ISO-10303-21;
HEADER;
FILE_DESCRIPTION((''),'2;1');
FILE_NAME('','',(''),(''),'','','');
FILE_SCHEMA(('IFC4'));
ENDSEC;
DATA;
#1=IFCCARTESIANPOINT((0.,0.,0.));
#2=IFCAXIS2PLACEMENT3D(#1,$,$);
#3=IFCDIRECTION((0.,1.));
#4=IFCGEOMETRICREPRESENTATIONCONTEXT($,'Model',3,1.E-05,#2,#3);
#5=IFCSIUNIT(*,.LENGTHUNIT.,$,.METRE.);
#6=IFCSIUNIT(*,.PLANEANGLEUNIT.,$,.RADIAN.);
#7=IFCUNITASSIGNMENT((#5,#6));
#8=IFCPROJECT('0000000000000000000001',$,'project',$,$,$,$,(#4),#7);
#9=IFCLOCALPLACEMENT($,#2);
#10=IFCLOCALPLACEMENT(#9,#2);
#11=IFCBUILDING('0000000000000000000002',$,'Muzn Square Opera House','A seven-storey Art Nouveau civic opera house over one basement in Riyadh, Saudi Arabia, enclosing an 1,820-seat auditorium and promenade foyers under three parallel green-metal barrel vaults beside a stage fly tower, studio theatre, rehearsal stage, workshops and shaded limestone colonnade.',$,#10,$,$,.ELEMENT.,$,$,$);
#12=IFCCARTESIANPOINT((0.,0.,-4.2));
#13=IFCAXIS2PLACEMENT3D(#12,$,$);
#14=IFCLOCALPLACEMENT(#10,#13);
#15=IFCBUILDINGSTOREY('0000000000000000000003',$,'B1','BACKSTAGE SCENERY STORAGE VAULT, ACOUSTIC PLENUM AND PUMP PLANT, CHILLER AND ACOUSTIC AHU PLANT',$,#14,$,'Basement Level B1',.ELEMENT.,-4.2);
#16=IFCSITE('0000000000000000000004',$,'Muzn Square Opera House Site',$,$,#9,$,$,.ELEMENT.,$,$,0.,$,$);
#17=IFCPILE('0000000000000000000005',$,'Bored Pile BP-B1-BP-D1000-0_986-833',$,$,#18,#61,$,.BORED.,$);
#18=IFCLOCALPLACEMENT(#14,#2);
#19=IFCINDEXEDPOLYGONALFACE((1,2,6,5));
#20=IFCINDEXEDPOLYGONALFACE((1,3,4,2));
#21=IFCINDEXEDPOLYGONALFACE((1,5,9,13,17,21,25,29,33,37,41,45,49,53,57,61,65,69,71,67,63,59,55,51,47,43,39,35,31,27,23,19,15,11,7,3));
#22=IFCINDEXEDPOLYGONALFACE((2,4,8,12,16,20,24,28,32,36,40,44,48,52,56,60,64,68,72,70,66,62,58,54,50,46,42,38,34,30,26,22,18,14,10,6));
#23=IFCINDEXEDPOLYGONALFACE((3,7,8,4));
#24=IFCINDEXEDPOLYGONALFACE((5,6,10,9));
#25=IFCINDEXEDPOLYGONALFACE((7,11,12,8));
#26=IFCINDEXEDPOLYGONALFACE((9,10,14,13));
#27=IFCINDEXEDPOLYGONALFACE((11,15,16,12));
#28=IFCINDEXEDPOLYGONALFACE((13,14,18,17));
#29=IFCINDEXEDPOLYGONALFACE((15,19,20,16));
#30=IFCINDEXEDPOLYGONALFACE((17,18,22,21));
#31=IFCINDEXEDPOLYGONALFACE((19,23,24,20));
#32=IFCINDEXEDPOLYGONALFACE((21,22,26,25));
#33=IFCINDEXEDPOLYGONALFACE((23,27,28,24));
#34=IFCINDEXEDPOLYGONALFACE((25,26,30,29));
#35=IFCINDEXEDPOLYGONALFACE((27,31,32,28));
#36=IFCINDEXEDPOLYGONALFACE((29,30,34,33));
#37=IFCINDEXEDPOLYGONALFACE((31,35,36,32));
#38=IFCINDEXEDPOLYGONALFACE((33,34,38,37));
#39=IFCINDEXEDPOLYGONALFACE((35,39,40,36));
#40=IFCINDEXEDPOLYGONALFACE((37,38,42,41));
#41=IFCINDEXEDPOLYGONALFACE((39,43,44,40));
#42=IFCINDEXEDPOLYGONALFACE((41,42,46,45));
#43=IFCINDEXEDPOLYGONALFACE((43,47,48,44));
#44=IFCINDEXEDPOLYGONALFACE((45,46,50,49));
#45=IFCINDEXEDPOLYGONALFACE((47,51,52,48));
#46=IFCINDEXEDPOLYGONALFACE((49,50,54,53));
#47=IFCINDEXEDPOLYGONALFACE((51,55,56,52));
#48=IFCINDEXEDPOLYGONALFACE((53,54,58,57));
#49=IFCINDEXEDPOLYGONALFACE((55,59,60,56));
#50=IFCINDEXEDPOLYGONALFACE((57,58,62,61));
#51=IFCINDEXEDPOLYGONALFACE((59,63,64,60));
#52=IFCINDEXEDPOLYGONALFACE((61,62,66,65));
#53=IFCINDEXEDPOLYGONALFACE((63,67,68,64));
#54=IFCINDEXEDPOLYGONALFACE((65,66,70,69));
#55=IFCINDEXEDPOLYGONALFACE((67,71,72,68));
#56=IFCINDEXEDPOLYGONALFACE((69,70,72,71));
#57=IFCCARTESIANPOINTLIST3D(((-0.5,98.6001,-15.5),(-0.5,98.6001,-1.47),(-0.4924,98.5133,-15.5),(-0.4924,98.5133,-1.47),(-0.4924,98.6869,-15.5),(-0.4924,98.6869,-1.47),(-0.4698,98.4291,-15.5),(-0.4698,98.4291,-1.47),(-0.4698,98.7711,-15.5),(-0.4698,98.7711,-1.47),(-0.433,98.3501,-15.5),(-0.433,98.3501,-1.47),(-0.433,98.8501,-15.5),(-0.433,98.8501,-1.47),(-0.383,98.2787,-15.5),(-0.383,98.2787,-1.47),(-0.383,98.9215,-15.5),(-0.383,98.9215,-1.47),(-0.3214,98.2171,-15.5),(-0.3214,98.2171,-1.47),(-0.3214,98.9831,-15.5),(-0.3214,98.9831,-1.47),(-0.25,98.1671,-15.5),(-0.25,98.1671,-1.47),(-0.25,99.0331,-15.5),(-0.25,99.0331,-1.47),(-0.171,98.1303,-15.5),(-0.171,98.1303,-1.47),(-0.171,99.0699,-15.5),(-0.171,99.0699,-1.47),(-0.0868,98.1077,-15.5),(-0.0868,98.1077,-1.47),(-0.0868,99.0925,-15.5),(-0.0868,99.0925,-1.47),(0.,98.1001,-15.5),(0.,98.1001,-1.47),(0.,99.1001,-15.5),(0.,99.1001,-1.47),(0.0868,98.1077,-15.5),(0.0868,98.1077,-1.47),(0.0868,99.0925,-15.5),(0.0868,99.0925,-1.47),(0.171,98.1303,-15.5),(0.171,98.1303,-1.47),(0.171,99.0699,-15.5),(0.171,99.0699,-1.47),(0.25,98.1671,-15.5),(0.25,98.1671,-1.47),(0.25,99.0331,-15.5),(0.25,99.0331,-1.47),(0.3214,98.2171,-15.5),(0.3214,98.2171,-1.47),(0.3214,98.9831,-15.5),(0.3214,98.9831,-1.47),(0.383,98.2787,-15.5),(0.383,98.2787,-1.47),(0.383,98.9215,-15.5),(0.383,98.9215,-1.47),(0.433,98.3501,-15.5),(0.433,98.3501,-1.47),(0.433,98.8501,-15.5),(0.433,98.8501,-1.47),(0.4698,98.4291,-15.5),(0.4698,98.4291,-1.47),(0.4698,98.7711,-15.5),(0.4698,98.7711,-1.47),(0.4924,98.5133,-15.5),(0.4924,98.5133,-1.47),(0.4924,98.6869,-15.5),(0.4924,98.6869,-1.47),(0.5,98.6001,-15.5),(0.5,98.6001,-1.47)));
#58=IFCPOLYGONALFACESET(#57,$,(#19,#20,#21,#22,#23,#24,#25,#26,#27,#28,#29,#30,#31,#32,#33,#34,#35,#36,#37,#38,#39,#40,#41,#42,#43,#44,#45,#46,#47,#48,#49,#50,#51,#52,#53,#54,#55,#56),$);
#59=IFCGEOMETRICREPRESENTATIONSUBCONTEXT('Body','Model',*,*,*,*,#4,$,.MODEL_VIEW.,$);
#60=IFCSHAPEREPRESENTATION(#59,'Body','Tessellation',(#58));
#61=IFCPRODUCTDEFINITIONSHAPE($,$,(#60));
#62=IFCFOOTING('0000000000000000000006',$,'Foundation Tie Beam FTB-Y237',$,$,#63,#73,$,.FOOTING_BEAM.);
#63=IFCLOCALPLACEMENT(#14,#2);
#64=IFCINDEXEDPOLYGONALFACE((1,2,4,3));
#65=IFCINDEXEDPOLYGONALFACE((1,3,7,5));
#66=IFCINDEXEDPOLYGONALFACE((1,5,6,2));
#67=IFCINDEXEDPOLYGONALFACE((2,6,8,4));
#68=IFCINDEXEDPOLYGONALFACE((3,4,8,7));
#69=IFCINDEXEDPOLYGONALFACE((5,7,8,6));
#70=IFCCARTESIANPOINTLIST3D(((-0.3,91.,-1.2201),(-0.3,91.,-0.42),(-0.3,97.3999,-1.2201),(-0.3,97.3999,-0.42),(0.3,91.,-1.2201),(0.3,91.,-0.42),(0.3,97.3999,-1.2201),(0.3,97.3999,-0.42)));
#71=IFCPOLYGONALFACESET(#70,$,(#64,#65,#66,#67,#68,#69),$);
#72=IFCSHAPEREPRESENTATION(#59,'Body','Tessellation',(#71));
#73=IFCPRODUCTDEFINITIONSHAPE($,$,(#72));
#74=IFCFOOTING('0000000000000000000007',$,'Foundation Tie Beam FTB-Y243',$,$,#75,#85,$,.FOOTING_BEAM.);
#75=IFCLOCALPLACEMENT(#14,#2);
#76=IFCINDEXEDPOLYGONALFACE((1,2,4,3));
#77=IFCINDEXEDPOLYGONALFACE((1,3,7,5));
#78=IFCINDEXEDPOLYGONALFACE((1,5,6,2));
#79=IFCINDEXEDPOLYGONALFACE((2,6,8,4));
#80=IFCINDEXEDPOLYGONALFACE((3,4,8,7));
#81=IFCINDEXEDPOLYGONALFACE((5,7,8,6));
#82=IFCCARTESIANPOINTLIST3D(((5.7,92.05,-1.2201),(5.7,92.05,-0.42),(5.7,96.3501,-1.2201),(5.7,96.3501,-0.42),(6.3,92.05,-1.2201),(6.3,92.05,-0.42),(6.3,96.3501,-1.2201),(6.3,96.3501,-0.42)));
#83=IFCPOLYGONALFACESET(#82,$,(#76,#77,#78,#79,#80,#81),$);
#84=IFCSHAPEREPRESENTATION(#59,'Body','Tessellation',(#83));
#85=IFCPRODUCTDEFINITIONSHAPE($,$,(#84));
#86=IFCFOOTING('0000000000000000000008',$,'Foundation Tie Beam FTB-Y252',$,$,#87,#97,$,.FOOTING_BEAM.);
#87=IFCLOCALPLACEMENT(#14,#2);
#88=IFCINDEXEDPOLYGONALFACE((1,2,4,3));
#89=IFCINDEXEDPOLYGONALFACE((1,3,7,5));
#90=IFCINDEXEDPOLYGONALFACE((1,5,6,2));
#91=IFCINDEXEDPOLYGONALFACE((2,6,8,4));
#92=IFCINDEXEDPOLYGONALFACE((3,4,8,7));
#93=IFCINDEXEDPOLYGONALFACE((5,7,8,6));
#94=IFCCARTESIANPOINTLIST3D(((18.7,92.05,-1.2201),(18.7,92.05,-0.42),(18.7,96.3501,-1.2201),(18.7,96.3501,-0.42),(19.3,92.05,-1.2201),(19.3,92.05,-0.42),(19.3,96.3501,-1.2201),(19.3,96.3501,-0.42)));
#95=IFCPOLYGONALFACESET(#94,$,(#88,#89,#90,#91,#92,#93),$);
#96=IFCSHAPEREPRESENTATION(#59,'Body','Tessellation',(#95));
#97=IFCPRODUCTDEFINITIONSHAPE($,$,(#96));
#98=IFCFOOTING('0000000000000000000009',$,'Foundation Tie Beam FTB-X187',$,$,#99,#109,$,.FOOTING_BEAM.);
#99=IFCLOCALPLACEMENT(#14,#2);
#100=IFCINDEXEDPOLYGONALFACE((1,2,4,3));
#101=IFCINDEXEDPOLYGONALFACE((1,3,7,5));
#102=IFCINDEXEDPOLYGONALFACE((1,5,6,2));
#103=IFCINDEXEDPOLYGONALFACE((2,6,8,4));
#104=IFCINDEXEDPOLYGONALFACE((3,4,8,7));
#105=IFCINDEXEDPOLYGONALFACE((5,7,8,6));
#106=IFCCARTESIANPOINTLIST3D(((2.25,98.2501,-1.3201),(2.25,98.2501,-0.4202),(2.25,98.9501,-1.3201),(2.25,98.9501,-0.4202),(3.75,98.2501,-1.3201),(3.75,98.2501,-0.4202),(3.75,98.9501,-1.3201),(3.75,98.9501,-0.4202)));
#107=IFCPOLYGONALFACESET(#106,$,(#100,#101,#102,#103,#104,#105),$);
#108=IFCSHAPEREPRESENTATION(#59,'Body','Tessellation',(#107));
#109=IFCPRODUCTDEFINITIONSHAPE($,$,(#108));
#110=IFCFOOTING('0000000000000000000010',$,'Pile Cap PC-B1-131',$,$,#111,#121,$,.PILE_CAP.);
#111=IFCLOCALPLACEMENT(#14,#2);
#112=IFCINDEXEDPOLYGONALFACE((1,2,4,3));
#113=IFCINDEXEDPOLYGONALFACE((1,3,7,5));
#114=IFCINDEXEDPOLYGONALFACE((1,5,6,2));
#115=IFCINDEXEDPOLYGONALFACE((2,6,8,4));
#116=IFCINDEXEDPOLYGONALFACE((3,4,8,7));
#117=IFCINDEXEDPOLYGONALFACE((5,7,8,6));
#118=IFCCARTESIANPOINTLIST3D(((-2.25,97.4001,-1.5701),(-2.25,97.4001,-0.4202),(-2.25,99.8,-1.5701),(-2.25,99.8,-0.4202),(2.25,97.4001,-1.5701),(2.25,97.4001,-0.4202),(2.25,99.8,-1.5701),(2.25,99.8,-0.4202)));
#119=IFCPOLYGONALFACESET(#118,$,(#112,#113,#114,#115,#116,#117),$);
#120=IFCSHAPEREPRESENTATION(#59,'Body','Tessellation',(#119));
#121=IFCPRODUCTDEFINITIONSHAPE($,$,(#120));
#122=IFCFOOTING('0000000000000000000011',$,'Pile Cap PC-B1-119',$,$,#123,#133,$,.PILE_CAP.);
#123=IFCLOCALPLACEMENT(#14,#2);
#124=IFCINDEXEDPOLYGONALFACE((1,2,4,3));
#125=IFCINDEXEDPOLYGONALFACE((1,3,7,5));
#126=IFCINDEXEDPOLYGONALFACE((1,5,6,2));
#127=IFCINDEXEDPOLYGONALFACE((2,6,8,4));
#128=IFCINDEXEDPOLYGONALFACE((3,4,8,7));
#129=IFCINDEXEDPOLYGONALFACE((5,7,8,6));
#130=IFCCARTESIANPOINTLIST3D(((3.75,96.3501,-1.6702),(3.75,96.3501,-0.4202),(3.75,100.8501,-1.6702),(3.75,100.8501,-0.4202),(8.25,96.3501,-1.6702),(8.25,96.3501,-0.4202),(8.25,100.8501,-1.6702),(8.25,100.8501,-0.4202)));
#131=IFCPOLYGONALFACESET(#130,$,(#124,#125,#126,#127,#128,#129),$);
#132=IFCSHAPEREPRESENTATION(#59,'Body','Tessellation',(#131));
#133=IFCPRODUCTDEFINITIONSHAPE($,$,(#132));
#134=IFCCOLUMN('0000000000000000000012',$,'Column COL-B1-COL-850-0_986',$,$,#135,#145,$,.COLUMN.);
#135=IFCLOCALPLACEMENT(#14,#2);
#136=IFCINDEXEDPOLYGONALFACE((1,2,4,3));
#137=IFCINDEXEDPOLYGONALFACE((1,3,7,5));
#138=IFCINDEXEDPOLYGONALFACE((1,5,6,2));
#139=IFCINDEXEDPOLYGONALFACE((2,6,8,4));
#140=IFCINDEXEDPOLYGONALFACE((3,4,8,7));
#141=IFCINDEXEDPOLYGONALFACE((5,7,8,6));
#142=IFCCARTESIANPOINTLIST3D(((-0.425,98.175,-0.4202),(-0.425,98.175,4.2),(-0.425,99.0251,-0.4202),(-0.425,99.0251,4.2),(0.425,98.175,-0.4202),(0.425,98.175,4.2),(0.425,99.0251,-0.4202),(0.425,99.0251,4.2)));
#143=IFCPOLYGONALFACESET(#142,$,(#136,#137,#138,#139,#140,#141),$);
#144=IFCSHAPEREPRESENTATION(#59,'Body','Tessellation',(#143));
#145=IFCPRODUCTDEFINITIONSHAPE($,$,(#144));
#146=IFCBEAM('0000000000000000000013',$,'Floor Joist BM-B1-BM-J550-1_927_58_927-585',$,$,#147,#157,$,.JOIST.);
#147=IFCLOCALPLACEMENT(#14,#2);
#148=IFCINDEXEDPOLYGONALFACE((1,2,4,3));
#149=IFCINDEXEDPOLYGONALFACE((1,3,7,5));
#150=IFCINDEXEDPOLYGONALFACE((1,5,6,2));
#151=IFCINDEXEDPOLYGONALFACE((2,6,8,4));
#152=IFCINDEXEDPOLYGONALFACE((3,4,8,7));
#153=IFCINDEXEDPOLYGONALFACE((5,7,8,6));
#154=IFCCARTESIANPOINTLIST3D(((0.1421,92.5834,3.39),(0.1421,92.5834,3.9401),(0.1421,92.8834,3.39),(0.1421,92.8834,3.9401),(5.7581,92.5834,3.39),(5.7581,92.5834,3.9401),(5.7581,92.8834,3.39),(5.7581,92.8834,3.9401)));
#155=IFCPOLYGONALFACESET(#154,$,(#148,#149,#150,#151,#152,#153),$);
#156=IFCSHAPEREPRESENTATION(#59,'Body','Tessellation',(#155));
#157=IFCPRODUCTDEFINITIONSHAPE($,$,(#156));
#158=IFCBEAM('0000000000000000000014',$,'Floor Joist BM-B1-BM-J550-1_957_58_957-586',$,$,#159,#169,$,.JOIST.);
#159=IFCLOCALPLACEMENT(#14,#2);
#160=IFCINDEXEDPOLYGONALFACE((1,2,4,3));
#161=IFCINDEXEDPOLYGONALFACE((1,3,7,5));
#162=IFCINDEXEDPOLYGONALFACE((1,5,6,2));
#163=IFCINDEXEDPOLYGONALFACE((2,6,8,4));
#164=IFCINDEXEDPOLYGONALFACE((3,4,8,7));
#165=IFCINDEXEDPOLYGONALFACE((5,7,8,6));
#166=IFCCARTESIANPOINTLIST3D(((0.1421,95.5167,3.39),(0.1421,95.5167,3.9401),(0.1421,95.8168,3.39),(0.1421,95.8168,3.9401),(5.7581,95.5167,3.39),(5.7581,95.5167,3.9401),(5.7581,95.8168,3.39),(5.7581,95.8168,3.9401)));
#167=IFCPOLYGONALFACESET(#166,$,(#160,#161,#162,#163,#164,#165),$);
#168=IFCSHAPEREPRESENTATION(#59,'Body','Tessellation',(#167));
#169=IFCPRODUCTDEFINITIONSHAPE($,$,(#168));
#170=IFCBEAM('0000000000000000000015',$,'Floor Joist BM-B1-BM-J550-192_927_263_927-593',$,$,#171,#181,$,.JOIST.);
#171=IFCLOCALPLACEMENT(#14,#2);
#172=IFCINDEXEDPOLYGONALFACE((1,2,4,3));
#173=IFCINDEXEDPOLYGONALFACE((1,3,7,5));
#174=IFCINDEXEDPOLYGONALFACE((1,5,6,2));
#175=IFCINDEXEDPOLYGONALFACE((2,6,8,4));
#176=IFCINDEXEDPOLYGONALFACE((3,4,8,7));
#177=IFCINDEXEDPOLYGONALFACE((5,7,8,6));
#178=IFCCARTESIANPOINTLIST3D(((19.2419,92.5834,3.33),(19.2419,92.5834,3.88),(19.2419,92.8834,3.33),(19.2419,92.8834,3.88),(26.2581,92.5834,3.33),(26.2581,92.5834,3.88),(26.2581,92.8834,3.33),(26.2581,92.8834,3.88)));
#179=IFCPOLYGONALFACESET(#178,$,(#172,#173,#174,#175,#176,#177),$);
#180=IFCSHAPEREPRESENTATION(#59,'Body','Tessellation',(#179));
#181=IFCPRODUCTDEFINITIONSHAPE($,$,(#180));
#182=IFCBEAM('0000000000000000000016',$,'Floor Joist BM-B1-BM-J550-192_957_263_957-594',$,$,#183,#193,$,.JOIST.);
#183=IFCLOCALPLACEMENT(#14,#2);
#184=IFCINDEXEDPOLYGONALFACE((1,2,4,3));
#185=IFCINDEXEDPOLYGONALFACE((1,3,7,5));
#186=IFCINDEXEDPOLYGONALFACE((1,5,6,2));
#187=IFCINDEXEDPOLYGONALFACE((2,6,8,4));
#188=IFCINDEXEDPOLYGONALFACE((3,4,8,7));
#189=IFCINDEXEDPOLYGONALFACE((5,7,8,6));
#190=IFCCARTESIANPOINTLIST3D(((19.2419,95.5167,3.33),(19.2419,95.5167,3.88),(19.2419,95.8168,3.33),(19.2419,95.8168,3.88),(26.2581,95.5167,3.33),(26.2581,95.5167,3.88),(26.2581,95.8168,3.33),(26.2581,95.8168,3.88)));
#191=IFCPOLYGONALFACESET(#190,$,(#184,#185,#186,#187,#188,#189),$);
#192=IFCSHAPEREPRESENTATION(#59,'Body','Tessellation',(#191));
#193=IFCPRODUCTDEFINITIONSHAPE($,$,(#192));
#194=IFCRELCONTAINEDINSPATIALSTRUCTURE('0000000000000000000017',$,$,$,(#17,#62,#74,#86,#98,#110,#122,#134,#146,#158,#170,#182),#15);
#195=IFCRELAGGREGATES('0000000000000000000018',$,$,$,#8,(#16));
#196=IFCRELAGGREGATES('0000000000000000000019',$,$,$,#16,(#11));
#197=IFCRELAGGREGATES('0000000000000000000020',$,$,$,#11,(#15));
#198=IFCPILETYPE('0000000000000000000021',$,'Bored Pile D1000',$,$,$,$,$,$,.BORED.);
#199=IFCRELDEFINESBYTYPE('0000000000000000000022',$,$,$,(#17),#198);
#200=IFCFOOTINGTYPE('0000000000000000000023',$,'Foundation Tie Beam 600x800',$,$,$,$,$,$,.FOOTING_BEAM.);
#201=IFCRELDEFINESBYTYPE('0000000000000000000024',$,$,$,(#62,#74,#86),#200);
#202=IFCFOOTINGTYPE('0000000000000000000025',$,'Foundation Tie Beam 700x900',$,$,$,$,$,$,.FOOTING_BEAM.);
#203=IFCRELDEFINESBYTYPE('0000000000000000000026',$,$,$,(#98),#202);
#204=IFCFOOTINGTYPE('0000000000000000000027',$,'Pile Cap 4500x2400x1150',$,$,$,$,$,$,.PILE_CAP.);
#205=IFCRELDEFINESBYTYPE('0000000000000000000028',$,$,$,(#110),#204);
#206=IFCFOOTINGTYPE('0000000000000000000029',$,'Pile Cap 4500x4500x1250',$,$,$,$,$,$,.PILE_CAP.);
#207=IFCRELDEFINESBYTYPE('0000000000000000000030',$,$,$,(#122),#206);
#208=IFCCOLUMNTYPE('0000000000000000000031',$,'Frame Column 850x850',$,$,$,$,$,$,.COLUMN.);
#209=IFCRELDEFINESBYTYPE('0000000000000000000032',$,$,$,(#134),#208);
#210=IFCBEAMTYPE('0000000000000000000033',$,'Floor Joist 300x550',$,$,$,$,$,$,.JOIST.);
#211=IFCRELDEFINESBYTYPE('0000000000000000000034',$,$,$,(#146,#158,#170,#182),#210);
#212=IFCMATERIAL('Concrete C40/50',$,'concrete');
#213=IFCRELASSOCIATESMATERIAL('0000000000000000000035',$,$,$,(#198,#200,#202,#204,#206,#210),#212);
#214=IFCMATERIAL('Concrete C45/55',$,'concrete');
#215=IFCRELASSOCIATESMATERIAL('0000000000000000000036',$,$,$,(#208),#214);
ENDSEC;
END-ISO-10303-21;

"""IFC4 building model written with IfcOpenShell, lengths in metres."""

from ifc_helpers import new_model, si_unit, direction, frame, origin, origin_2d, place, context, subcontext, project, spatial, rectangle, circle, extrude, material, material_profile, profile_set, type_object, element, save


model = new_model("IFC4")

# Units and contexts
model_context = context("Model", 3, precision=1e-05, world=origin(), true_north=direction((0.0, 1.0)))
body_context = subcontext(model_context, "Body", "Model", "MODEL_VIEW")
ifc_project = project(units=[si_unit("LENGTHUNIT", "METRE"), si_unit("PLANEANGLEUNIT", "RADIAN")], contexts=[model_context])

# Site, building, storey
site_placement = place(None, origin())
site = spatial("IfcSite", under=ifc_project, at=site_placement, Name="Muzn Square Opera House Site", CompositionType="ELEMENT", RefElevation=0.0)
building_placement = place(site_placement, origin())
building = spatial("IfcBuilding", under=site, at=building_placement, Name="Muzn Square Opera House", Description="A seven-storey Art Nouveau civic opera house over one basement in Riyadh, Saudi Arabia, enclosing an 1,820-seat auditorium and promenade foyers under three parallel green-metal barrel vaults beside a stage fly tower, studio theatre, rehearsal stage, workshops and shaded limestone colonnade.", CompositionType="ELEMENT")
storey_placement = place(building_placement, frame((0.0, 0.0, -4.2)))
storey = spatial("IfcBuildingStorey", under=building, at=storey_placement, Name="B1", Description="BACKSTAGE SCENERY STORAGE VAULT, ACOUSTIC PLENUM AND PUMP PLANT, CHILLER AND ACOUSTIC AHU PLANT", LongName="Basement Level B1", CompositionType="ELEMENT", Elevation=-4.2)

# Pile
ifc_material_1 = material(Name="Concrete C40/50", Category="concrete")
ifc_material_profile_1 = material_profile(ifc_material_1, circle(Radius=0.5, at=origin_2d()), Name="BORED PILE D1000", Category="concrete")
ifc_profile_set_1 = profile_set([ifc_material_profile_1], Name="Concrete C40/50")
pile_type = type_object("IfcPileType", Name="Bored Pile D1000", PredefinedType="BORED", material=ifc_profile_set_1)
pile_placement = place(storey_placement, frame((0.0, 98.6001, -1.47), z_axis=(0.0, 0.0, -1.0), x_axis=(1.0, 0.0, 0.0)))
element("IfcPile", 1, at=pile_placement, inside=storey, type_object=pile_type, Name="Bored Pile BP-B1-BP-D1000-0_986-833", PredefinedType="BORED", context=body_context, shape_type="SweptSolid", body=[
    extrude(circle(Radius=0.5, at=origin_2d()), origin(), (0.0, 0.0, 1.0), 14.03),
])

# Footings
ifc_material_profile_2 = material_profile(ifc_material_1, rectangle(XDim=0.6001, YDim=0.8, at=origin_2d()), Name="RCTB 600x800", Category="concrete")
ifc_profile_set_2 = profile_set([ifc_material_profile_2], Name="Concrete C40/50")
footing_type_1 = type_object("IfcFootingType", Name="Foundation Tie Beam 600x800", PredefinedType="FOOTING_BEAM", material=ifc_profile_set_2)
footing_1_placement = place(storey_placement, frame((0.0, 91.0, -0.8201), z_axis=(0.0, 1.0, 0.0), x_axis=(-1.0, 0.0, 0.0)))
element("IfcFooting", 2, at=footing_1_placement, inside=storey, type_object=footing_type_1, Name="Foundation Tie Beam FTB-Y237", PredefinedType="FOOTING_BEAM", context=body_context, shape_type="SweptSolid", body=[
    extrude(rectangle(XDim=0.6001, YDim=0.8, at=origin_2d()), origin(), (0.0, 0.0, 1.0), 6.3999),
])
for number, where, z_axis, x_axis, name in (
    (3, (6.0, 92.05, -0.8201), (0.0, 1.0, 0.0), (-1.0, 0.0, 0.0), "Foundation Tie Beam FTB-Y243"),
    (4, (19.0, 92.05, -0.8201), (0.0, 1.0, 0.0), (-1.0, 0.0, 0.0), "Foundation Tie Beam FTB-Y252"),
):
    element("IfcFooting", number, at=place(storey_placement, frame(where, z_axis=z_axis, x_axis=x_axis)), inside=storey, type_object=footing_type_1, Name=name, PredefinedType="FOOTING_BEAM", context=body_context, shape_type="SweptSolid", body=[
        extrude(rectangle(XDim=0.6001, YDim=0.8, at=origin_2d()), origin(), (0.0, 0.0, 1.0), 4.3),
    ])
ifc_material_profile_3 = material_profile(ifc_material_1, rectangle(XDim=0.7, YDim=0.8999, at=origin_2d()), Name="RCTB 700x900", Category="concrete")
ifc_profile_set_3 = profile_set([ifc_material_profile_3], Name="Concrete C40/50")
footing_type_2 = type_object("IfcFootingType", Name="Foundation Tie Beam 700x900", PredefinedType="FOOTING_BEAM", material=ifc_profile_set_3)
footing_2_placement = place(storey_placement, frame((2.25, 98.6001, -0.8701), z_axis=(1.0, 0.0, 0.0), x_axis=(0.0, 1.0, 0.0)))
element("IfcFooting", 5, at=footing_2_placement, inside=storey, type_object=footing_type_2, Name="Foundation Tie Beam FTB-X187", PredefinedType="FOOTING_BEAM", context=body_context, shape_type="SweptSolid", body=[
    extrude(rectangle(XDim=0.7, YDim=0.8999, at=origin_2d()), origin(), (0.0, 0.0, 1.0), 1.5),
])
footing_type_3 = type_object("IfcFootingType", Name="Pile Cap 4500x2400x1150", PredefinedType="PILE_CAP", material=ifc_material_1)
footing_3_placement = place(storey_placement, frame((0.0, 98.6001, -1.5701), z_axis=(0.0, 0.0, 1.0), x_axis=(1.0, 0.0, 0.0)))
element("IfcFooting", 6, at=footing_3_placement, inside=storey, type_object=footing_type_3, Name="Pile Cap PC-B1-131", PredefinedType="PILE_CAP", context=body_context, shape_type="SweptSolid", body=[
    extrude(rectangle(XDim=4.5, YDim=2.3999, at=origin_2d()), origin(), (0.0, 0.0, 1.0), 1.1499),
])
footing_type_4 = type_object("IfcFootingType", Name="Pile Cap 4500x4500x1250", PredefinedType="PILE_CAP", material=ifc_material_1)
footing_4_placement = place(storey_placement, frame((6.0, 98.6001, -1.6702), z_axis=(0.0, 0.0, 1.0), x_axis=(1.0, 0.0, 0.0)))
element("IfcFooting", 7, at=footing_4_placement, inside=storey, type_object=footing_type_4, Name="Pile Cap PC-B1-119", PredefinedType="PILE_CAP", context=body_context, shape_type="SweptSolid", body=[
    extrude(rectangle(XDim=4.5, YDim=4.5, at=origin_2d()), origin(), (0.0, 0.0, 1.0), 1.25),
])

# Column
ifc_material_2 = material(Name="Concrete C45/55", Category="concrete")
ifc_material_profile_4 = material_profile(ifc_material_2, rectangle(XDim=0.8501, YDim=0.8501, at=origin_2d()), Name="RC 850x850", Category="concrete")
ifc_profile_set_4 = profile_set([ifc_material_profile_4], Name="Concrete C45/55")
column_type = type_object("IfcColumnType", Name="Frame Column 850x850", PredefinedType="COLUMN", material=ifc_profile_set_4)
column_placement = place(storey_placement, frame((0.0, 98.6001, -0.4202), z_axis=(0.0, 0.0, 1.0), x_axis=(1.0, 0.0, 0.0)))
element("IfcColumn", 8, at=column_placement, inside=storey, type_object=column_type, Name="Column COL-B1-COL-850-0_986", PredefinedType="COLUMN", context=body_context, shape_type="SweptSolid", body=[
    extrude(rectangle(XDim=0.8501, YDim=0.8501, at=origin_2d()), origin(), (0.0, 0.0, 1.0), 4.6201),
])

# Beams
ifc_material_profile_5 = material_profile(ifc_material_1, rectangle(XDim=0.3, YDim=0.55, at=origin_2d()), Name="RCJ 300x550", Category="concrete")
ifc_profile_set_5 = profile_set([ifc_material_profile_5], Name="Concrete C40/50")
beam_type_1 = type_object("IfcBeamType", Name="Floor Joist 300x550", PredefinedType="JOIST", material=ifc_profile_set_5)
for number, where, z_axis, x_axis, name in (
    (9, (0.1421, 92.7334, 3.665), (1.0, 0.0, 0.0), (0.0, 1.0, 0.0), "Floor Joist BM-B1-BM-J550-1_927_58_927-585"),
    (10, (0.1421, 95.6667, 3.665), (1.0, 0.0, 0.0), (0.0, 1.0, 0.0), "Floor Joist BM-B1-BM-J550-1_957_58_957-586"),
):
    element("IfcBeam", number, at=place(storey_placement, frame(where, z_axis=z_axis, x_axis=x_axis)), inside=storey, type_object=beam_type_1, Name=name, PredefinedType="JOIST", context=body_context, shape_type="SweptSolid", body=[
        extrude(rectangle(XDim=0.3, YDim=0.55, at=origin_2d()), origin(), (0.0, 0.0, 1.0), 5.616),
    ])
for number, where, z_axis, x_axis, name in (
    (11, (19.2419, 92.7334, 3.605), (1.0, 0.0, 0.0), (0.0, 1.0, 0.0), "Floor Joist BM-B1-BM-J550-192_927_263_927-593"),
    (12, (19.2419, 95.6667, 3.605), (1.0, 0.0, 0.0), (0.0, 1.0, 0.0), "Floor Joist BM-B1-BM-J550-192_957_263_957-594"),
):
    element("IfcBeam", number, at=place(storey_placement, frame(where, z_axis=z_axis, x_axis=x_axis)), inside=storey, type_object=beam_type_1, Name=name, PredefinedType="JOIST", context=body_context, shape_type="SweptSolid", body=[
        extrude(rectangle(XDim=0.3, YDim=0.55, at=origin_2d()), origin(), (0.0, 0.0, 1.0), 7.0161),
    ])

save(model, "model.ifc")
